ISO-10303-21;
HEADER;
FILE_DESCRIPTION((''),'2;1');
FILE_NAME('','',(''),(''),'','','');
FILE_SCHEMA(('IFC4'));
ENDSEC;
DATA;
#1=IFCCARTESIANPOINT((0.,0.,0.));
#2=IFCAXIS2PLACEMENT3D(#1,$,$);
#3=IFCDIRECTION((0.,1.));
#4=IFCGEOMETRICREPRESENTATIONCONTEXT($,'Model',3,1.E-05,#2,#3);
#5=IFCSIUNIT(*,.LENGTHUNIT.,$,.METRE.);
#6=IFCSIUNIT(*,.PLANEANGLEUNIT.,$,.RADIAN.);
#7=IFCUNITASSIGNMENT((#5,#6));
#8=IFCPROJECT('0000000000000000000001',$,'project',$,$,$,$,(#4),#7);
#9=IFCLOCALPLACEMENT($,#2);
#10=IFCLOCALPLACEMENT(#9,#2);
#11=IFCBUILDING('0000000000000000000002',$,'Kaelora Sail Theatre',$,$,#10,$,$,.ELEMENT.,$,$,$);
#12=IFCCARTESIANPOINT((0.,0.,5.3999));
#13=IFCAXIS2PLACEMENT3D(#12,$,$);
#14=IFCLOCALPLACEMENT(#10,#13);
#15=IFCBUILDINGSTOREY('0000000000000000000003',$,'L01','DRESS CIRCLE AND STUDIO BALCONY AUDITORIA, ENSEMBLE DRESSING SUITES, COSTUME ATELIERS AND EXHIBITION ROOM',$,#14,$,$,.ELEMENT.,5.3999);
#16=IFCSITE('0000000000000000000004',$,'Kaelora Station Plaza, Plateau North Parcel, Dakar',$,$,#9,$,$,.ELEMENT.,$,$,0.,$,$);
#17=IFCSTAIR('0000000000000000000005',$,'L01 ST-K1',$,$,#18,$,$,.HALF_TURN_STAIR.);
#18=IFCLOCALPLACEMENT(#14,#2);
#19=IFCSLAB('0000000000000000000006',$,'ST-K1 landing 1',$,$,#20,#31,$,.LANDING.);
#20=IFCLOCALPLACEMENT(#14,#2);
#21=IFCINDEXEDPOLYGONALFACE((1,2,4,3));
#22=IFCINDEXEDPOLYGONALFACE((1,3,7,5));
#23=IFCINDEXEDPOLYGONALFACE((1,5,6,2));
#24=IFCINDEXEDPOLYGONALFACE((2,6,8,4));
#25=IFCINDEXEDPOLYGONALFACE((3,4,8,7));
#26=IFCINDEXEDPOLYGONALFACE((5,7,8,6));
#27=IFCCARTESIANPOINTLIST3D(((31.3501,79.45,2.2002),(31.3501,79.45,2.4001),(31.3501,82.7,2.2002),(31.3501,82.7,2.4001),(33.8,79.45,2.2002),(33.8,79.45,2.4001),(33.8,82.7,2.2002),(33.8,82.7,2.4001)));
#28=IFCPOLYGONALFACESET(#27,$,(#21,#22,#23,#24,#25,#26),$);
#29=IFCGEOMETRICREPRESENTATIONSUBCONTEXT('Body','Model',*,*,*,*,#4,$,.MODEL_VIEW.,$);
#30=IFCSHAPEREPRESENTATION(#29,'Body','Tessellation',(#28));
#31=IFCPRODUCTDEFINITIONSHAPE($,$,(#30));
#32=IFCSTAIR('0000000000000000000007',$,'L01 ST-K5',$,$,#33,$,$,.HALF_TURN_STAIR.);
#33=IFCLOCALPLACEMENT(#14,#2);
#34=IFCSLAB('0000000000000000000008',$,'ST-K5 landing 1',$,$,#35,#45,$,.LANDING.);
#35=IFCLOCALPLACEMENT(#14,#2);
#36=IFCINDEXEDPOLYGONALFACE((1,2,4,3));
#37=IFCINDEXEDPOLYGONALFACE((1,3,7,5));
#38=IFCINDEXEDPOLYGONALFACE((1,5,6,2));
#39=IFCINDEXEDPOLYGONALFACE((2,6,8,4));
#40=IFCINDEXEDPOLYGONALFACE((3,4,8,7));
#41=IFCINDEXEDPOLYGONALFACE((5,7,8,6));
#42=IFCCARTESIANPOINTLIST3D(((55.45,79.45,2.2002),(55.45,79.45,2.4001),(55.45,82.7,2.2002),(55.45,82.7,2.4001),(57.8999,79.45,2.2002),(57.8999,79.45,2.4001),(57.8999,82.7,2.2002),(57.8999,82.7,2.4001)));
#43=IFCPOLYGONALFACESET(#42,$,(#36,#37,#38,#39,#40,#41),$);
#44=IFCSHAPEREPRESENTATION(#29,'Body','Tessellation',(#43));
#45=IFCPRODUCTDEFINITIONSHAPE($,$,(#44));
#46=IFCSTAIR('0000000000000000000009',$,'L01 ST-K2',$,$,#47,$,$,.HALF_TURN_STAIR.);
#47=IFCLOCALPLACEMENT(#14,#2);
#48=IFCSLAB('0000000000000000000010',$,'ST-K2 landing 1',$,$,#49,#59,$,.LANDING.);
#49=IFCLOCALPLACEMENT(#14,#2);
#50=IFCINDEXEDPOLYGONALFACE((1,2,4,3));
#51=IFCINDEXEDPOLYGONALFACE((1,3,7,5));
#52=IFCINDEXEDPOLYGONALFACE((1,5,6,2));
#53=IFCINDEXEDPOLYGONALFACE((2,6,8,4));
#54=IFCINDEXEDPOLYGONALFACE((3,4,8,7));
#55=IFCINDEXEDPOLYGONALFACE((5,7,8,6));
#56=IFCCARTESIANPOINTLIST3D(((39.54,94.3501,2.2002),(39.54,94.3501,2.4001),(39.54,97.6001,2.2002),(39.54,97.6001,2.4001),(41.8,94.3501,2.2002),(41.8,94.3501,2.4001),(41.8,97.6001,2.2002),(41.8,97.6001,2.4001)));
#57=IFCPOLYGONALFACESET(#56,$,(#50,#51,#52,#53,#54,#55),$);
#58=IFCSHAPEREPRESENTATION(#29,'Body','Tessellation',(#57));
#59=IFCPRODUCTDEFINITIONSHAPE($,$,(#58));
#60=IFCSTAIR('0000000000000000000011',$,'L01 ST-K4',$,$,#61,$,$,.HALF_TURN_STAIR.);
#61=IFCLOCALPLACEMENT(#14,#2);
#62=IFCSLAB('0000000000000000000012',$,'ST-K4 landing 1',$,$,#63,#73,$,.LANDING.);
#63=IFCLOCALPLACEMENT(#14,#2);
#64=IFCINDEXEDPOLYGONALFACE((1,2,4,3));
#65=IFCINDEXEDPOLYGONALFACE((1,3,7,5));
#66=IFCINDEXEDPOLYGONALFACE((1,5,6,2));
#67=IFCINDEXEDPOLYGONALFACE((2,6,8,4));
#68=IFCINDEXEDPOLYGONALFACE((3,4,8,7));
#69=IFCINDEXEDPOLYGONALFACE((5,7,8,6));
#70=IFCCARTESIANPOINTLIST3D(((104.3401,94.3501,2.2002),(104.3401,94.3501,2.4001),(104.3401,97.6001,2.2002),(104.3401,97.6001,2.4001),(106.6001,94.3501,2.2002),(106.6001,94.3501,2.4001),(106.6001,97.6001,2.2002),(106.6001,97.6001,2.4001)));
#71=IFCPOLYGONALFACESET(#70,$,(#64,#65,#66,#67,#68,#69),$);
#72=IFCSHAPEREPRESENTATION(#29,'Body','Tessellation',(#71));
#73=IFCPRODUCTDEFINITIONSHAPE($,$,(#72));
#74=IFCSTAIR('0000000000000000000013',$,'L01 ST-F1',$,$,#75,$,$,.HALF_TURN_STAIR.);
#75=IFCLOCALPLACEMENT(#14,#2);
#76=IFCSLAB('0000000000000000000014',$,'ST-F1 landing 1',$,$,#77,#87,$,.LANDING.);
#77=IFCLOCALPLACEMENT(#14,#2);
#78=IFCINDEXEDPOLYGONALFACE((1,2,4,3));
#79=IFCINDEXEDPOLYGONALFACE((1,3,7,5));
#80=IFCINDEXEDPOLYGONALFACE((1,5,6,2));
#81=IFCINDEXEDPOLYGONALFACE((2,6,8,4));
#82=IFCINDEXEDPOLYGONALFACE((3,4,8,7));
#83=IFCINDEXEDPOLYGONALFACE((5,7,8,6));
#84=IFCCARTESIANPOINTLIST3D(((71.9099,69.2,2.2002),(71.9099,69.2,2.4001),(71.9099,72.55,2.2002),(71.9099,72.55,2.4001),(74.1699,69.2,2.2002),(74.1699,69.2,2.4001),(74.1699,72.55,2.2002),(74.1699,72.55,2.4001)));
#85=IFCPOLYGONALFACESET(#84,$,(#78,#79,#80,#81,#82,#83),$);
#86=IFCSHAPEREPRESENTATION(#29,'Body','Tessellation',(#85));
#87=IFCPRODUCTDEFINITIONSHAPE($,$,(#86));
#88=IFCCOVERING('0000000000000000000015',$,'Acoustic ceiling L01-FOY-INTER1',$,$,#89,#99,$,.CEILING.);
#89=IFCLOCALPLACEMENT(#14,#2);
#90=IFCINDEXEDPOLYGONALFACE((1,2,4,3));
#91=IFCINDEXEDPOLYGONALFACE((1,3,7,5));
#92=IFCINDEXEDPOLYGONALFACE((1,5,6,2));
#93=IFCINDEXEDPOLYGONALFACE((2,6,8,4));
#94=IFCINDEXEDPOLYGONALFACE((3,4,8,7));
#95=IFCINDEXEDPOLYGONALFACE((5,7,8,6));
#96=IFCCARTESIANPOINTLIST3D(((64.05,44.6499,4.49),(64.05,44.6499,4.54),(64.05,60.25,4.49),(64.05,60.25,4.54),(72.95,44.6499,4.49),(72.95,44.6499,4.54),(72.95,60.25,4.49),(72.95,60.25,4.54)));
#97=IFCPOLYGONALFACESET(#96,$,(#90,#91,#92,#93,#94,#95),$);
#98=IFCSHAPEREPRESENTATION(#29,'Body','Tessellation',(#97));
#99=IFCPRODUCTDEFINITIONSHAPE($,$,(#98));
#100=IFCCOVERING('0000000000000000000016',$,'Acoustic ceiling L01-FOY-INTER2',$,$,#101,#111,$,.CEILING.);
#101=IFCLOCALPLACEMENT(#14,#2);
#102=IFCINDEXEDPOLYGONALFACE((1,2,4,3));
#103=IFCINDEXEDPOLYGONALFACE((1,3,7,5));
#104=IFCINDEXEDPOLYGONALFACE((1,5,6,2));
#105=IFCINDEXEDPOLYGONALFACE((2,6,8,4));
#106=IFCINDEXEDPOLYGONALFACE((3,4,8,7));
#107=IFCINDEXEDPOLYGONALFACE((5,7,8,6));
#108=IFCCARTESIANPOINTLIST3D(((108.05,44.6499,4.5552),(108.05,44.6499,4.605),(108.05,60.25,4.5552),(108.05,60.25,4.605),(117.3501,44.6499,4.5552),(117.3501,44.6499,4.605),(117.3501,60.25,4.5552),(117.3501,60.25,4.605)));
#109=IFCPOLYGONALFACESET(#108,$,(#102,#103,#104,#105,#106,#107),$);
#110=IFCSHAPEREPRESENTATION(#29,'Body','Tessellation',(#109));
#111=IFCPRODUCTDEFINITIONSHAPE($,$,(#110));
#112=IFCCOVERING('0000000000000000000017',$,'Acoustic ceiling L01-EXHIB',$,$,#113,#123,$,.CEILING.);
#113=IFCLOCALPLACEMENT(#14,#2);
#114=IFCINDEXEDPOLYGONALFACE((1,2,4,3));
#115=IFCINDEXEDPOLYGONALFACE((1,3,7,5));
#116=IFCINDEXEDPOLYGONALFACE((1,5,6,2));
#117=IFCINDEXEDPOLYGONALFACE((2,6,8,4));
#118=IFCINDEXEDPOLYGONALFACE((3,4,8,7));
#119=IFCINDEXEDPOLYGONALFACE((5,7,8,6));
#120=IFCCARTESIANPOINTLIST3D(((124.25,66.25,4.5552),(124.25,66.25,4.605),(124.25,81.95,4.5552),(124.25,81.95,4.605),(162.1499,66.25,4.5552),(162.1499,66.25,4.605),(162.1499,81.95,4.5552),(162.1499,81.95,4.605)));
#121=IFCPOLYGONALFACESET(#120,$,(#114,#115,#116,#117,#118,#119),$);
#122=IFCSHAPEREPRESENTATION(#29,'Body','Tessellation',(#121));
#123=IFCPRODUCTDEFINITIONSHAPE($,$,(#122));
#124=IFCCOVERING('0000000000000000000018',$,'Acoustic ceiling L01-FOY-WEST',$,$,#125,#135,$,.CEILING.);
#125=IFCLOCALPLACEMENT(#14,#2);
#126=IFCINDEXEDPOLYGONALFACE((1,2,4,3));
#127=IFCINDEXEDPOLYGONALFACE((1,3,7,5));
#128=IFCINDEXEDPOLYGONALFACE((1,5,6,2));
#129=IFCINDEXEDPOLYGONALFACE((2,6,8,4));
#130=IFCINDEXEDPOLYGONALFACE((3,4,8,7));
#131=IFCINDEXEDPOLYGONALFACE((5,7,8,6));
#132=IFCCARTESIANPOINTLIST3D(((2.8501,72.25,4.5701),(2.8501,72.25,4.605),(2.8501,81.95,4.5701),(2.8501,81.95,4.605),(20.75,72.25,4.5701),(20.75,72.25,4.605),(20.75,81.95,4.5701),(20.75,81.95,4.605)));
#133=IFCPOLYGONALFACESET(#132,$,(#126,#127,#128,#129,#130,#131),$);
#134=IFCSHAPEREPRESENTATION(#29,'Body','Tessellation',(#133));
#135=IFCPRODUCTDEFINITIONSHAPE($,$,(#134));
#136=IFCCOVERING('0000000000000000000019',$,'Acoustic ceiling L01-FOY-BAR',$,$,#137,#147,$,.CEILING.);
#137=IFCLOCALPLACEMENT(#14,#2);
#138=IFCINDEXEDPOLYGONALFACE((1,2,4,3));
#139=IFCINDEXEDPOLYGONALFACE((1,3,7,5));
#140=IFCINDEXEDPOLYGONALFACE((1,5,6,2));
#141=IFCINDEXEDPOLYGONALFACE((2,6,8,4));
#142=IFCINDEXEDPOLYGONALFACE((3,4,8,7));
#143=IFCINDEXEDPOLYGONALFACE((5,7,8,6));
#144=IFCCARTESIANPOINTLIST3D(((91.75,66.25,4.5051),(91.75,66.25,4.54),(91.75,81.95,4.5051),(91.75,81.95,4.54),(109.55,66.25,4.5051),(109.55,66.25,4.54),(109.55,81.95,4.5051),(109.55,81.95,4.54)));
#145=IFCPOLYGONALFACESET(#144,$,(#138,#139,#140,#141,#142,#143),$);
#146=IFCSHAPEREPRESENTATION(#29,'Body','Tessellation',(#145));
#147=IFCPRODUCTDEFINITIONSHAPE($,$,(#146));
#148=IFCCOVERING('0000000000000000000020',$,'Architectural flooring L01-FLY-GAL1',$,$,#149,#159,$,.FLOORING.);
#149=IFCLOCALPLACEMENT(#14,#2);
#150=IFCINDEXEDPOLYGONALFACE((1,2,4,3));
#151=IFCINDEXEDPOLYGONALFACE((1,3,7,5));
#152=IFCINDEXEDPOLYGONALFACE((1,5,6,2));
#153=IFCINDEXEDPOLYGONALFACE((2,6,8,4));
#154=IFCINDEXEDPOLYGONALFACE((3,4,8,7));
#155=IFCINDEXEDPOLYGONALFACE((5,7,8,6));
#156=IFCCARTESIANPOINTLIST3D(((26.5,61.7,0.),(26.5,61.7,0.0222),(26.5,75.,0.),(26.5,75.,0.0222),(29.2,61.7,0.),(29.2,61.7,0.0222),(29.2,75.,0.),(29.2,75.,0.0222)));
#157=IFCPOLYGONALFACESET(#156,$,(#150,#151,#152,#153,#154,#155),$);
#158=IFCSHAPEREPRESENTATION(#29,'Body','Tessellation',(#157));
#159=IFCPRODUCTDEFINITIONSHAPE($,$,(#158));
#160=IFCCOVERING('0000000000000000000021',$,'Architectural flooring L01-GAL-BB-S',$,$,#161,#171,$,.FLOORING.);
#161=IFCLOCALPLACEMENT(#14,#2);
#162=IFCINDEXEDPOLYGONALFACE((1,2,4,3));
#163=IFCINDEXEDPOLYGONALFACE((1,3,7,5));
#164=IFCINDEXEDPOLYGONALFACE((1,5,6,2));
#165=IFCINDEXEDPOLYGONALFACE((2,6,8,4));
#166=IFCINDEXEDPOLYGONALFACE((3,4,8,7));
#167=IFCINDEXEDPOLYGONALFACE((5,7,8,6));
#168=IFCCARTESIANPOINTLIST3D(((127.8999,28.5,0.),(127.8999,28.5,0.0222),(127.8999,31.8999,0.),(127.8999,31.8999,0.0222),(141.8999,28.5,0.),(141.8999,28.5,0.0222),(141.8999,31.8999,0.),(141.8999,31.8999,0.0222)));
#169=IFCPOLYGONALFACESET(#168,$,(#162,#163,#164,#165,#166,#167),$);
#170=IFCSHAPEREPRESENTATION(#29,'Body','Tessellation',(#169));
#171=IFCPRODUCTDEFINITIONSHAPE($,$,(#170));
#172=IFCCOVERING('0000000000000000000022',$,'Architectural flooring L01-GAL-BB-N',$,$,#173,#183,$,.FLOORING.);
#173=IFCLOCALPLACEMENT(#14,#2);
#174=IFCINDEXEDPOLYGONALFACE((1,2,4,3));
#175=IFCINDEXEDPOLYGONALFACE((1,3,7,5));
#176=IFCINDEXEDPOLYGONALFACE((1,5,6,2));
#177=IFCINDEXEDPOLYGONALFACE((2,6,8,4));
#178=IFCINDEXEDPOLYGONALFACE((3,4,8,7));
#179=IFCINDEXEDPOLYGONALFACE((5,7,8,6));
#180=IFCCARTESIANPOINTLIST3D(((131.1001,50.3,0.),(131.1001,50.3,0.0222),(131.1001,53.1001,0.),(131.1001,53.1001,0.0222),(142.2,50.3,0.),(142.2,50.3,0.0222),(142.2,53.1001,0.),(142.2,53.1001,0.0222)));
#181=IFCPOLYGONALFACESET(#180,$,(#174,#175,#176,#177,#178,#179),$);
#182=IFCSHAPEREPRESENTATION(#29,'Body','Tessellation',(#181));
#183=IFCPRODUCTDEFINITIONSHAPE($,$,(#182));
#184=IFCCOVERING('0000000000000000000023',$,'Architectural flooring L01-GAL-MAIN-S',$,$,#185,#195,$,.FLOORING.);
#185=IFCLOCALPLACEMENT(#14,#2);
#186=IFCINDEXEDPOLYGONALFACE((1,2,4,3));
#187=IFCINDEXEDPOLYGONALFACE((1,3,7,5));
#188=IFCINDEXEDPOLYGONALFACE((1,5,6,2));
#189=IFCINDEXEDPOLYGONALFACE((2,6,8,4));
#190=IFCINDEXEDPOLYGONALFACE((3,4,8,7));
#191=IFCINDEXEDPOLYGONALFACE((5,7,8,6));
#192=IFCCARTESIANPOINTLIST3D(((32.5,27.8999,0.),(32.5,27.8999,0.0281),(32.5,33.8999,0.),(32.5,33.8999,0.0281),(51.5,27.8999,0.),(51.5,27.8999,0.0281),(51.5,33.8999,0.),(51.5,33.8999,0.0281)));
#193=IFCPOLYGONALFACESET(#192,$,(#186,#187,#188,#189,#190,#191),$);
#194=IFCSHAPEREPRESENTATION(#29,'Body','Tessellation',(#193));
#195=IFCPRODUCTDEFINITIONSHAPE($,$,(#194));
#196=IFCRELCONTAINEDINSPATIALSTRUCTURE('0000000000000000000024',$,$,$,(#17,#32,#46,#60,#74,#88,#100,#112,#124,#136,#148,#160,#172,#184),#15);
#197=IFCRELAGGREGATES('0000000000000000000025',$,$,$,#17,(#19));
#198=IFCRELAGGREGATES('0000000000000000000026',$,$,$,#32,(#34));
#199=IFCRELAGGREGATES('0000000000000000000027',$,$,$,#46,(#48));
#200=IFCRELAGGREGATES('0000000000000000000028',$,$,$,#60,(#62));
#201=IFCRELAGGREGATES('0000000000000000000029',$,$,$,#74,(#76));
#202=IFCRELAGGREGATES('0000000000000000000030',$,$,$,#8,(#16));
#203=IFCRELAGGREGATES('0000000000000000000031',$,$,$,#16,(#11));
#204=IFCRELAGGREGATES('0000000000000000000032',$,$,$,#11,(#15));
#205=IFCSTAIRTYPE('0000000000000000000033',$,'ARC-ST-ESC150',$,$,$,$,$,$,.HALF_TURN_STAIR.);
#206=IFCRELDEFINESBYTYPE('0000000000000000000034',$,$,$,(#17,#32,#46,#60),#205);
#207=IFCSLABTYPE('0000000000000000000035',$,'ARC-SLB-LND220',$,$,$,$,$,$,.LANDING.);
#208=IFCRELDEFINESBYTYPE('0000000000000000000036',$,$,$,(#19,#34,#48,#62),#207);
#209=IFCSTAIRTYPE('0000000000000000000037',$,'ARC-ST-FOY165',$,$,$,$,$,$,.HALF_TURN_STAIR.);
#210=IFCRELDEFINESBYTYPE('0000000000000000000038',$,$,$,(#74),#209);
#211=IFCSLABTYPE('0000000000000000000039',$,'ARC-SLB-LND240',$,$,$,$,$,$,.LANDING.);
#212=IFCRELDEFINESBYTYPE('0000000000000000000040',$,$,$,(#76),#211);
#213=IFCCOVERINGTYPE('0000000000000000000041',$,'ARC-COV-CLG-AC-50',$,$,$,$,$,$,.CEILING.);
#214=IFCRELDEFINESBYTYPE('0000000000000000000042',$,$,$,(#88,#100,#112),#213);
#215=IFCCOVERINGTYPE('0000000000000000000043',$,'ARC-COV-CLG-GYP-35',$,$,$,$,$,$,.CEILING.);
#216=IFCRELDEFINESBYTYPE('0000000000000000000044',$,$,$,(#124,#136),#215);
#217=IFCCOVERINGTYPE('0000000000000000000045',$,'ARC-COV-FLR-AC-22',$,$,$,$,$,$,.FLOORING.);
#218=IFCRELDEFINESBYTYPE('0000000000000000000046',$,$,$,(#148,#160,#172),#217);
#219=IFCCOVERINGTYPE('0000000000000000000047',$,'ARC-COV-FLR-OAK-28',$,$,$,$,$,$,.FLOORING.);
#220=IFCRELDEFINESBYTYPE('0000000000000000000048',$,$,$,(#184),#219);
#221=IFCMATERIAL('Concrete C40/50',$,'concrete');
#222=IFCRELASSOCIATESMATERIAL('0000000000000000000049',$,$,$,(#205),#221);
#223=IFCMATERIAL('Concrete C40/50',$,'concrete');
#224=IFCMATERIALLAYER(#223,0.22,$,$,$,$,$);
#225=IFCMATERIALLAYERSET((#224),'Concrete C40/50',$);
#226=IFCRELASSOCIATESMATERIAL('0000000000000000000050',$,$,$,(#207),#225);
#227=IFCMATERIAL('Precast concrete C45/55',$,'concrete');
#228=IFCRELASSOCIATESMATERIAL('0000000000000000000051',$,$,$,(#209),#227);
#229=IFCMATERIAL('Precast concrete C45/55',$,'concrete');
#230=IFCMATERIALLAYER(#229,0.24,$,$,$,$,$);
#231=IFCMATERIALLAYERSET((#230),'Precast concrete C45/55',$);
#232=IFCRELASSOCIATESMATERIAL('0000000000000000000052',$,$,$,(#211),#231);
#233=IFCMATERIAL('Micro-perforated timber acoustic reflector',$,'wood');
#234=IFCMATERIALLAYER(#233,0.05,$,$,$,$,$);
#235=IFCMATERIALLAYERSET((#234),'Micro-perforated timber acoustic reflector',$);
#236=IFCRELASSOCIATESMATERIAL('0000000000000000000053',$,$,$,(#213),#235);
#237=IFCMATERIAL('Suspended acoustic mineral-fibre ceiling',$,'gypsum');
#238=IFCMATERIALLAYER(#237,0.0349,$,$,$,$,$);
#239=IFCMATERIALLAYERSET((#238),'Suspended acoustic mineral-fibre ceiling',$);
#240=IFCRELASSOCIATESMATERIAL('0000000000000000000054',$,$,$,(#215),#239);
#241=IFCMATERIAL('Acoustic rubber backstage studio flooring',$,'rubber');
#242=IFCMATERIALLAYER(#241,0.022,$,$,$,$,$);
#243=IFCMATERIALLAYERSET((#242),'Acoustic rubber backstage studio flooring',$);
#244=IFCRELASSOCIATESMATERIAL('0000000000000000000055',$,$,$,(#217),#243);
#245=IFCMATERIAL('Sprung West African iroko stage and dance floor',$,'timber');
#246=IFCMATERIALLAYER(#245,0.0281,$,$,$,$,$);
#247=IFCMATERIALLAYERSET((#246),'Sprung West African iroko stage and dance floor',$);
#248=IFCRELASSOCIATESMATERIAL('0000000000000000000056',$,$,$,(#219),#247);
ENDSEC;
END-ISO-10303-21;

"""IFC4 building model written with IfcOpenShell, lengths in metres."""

from ifc_helpers import new_model, si_unit, direction, frame, origin, place, context, subcontext, project, spatial, polyline, outline, extrude, material, layer, layer_set, type_object, element, aggregate, save


model = new_model("IFC4")

# Units and contexts
model_context = context("Model", 3, precision=1e-05, world=origin(), true_north=direction((0.0, 1.0)))
body_context = subcontext(model_context, "Body", "Model", "MODEL_VIEW")
ifc_project = project(units=[si_unit("LENGTHUNIT", "METRE"), si_unit("PLANEANGLEUNIT", "RADIAN")], contexts=[model_context])

# Site, building, storey
site_placement = place(None, origin())
site = spatial("IfcSite", under=ifc_project, at=site_placement, Name="Kaelora Station Plaza, Plateau North Parcel, Dakar", CompositionType="ELEMENT", RefElevation=0.0)
building_placement = place(site_placement, origin())
building = spatial("IfcBuilding", under=site, at=building_placement, Name="Kaelora Sail Theatre", CompositionType="ELEMENT")
storey_placement = place(building_placement, frame((0.0, 0.0, 5.3999)))
storey = spatial("IfcBuildingStorey", under=building, at=storey_placement, Name="L01", Description="DRESS CIRCLE AND STUDIO BALCONY AUDITORIA, ENSEMBLE DRESSING SUITES, COSTUME ATELIERS AND EXHIBITION ROOM", CompositionType="ELEMENT", Elevation=5.3999)

# Stairs, slabs
ifc_material_1 = material(Name="Concrete C40/50", Category="concrete")
stair_type_1 = type_object("IfcStairType", Name="ARC-ST-ESC150", PredefinedType="HALF_TURN_STAIR", material=ifc_material_1)
stair_1_placement = place(storey_placement, origin())
stair_1 = element("IfcStair", 1, at=stair_1_placement, inside=storey, type_object=stair_type_1, Name="L01 ST-K1", PredefinedType="HALF_TURN_STAIR")
ifc_material_2 = material(Name="Concrete C40/50", Category="concrete")
ifc_layer_1 = layer(ifc_material_2, 0.22)
ifc_layer_set_1 = layer_set([ifc_layer_1], Name="Concrete C40/50")
slab_type_1 = type_object("IfcSlabType", Name="ARC-SLB-LND220", PredefinedType="LANDING", material=ifc_layer_set_1)
slab_1_placement = place(storey_placement, frame((0.0, 0.0, 2.2002)))
slab_1 = element("IfcSlab", 2, at=slab_1_placement, type_object=slab_type_1, Name="ST-K1 landing 1", PredefinedType="LANDING", context=body_context, shape_type="SweptSolid", body=[
    extrude(outline(polyline([(31.3501, 79.45), (33.8, 79.45), (33.8, 82.7), (31.3501, 82.7), (31.3501, 79.45)])), origin(), (0.0, 0.0, 1.0), 0.2),
])
aggregate(stair_1, [slab_1])
stair_2_placement = place(storey_placement, origin())
stair_2 = element("IfcStair", 3, at=stair_2_placement, inside=storey, type_object=stair_type_1, Name="L01 ST-K5", PredefinedType="HALF_TURN_STAIR")
slab_2_placement = place(storey_placement, frame((0.0, 0.0, 2.2002)))
slab_2 = element("IfcSlab", 4, at=slab_2_placement, type_object=slab_type_1, Name="ST-K5 landing 1", PredefinedType="LANDING", context=body_context, shape_type="SweptSolid", body=[
    extrude(outline(polyline([(55.45, 79.45), (57.8999, 79.45), (57.8999, 82.7), (55.45, 82.7), (55.45, 79.45)])), origin(), (0.0, 0.0, 1.0), 0.2),
])
aggregate(stair_2, [slab_2])
stair_3_placement = place(storey_placement, origin())
stair_3 = element("IfcStair", 5, at=stair_3_placement, inside=storey, type_object=stair_type_1, Name="L01 ST-K2", PredefinedType="HALF_TURN_STAIR")
slab_3_placement = place(storey_placement, frame((0.0, 0.0, 2.2002)))
slab_3 = element("IfcSlab", 6, at=slab_3_placement, type_object=slab_type_1, Name="ST-K2 landing 1", PredefinedType="LANDING", context=body_context, shape_type="SweptSolid", body=[
    extrude(outline(polyline([(39.54, 94.3501), (41.8, 94.3501), (41.8, 97.6001), (39.54, 97.6001), (39.54, 94.3501)])), origin(), (0.0, 0.0, 1.0), 0.2),
])
aggregate(stair_3, [slab_3])
stair_4_placement = place(storey_placement, origin())
stair_4 = element("IfcStair", 7, at=stair_4_placement, inside=storey, type_object=stair_type_1, Name="L01 ST-K4", PredefinedType="HALF_TURN_STAIR")
slab_4_placement = place(storey_placement, frame((0.0, 0.0, 2.2002)))
slab_4 = element("IfcSlab", 8, at=slab_4_placement, type_object=slab_type_1, Name="ST-K4 landing 1", PredefinedType="LANDING", context=body_context, shape_type="SweptSolid", body=[
    extrude(outline(polyline([(104.3401, 94.3501), (106.6001, 94.3501), (106.6001, 97.6001), (104.3401, 97.6001), (104.3401, 94.3501)])), origin(), (0.0, 0.0, 1.0), 0.2),
])
aggregate(stair_4, [slab_4])
ifc_material_3 = material(Name="Precast concrete C45/55", Category="concrete")
stair_type_2 = type_object("IfcStairType", Name="ARC-ST-FOY165", PredefinedType="HALF_TURN_STAIR", material=ifc_material_3)
stair_5_placement = place(storey_placement, origin())
stair_5 = element("IfcStair", 9, at=stair_5_placement, inside=storey, type_object=stair_type_2, Name="L01 ST-F1", PredefinedType="HALF_TURN_STAIR")
ifc_material_4 = material(Name="Precast concrete C45/55", Category="concrete")
ifc_layer_2 = layer(ifc_material_4, 0.24)
ifc_layer_set_2 = layer_set([ifc_layer_2], Name="Precast concrete C45/55")
slab_type_2 = type_object("IfcSlabType", Name="ARC-SLB-LND240", PredefinedType="LANDING", material=ifc_layer_set_2)
slab_5_placement = place(storey_placement, frame((0.0, 0.0, 2.2002)))
slab_5 = element("IfcSlab", 10, at=slab_5_placement, type_object=slab_type_2, Name="ST-F1 landing 1", PredefinedType="LANDING", context=body_context, shape_type="SweptSolid", body=[
    extrude(outline(polyline([(71.9099, 69.2), (74.1699, 69.2), (74.1699, 72.55), (71.9099, 72.55), (71.9099, 69.2)])), origin(), (0.0, 0.0, 1.0), 0.2),
])
aggregate(stair_5, [slab_5])

# Coverings
ifc_material_5 = material(Name="Micro-perforated timber acoustic reflector", Category="wood")
ifc_layer_3 = layer(ifc_material_5, 0.05)
ifc_layer_set_3 = layer_set([ifc_layer_3], Name="Micro-perforated timber acoustic reflector")
covering_type_1 = type_object("IfcCoveringType", Name="ARC-COV-CLG-AC-50", PredefinedType="CEILING", material=ifc_layer_set_3)
covering_1_placement = place(storey_placement, frame((0.0, 0.0, 4.49)))
element("IfcCovering", 11, at=covering_1_placement, inside=storey, type_object=covering_type_1, Name="Acoustic ceiling L01-FOY-INTER1", PredefinedType="CEILING", context=body_context, shape_type="SweptSolid", body=[
    extrude(outline(polyline([(64.05, 44.6499), (72.95, 44.6499), (72.95, 60.25), (64.05, 60.25), (64.05, 44.6499)])), origin(), (0.0, 0.0, 1.0), 0.05),
])
covering_2_placement = place(storey_placement, frame((0.0, 0.0, 4.5552)))
element("IfcCovering", 12, at=covering_2_placement, inside=storey, type_object=covering_type_1, Name="Acoustic ceiling L01-FOY-INTER2", PredefinedType="CEILING", context=body_context, shape_type="SweptSolid", body=[
    extrude(outline(polyline([(108.05, 44.6499), (117.3501, 44.6499), (117.3501, 60.25), (108.05, 60.25), (108.05, 44.6499)])), origin(), (0.0, 0.0, 1.0), 0.0498),
])
covering_3_placement = place(storey_placement, frame((0.0, 0.0, 4.5552)))
element("IfcCovering", 13, at=covering_3_placement, inside=storey, type_object=covering_type_1, Name="Acoustic ceiling L01-EXHIB", PredefinedType="CEILING", context=body_context, shape_type="SweptSolid", body=[
    extrude(outline(polyline([(124.25, 66.25), (162.1499, 66.25), (162.1499, 81.95), (124.25, 81.95), (124.25, 66.25)])), origin(), (0.0, 0.0, 1.0), 0.0498),
])
ifc_material_6 = material(Name="Suspended acoustic mineral-fibre ceiling", Category="gypsum")
ifc_layer_4 = layer(ifc_material_6, 0.0349)
ifc_layer_set_4 = layer_set([ifc_layer_4], Name="Suspended acoustic mineral-fibre ceiling")
covering_type_2 = type_object("IfcCoveringType", Name="ARC-COV-CLG-GYP-35", PredefinedType="CEILING", material=ifc_layer_set_4)
covering_4_placement = place(storey_placement, frame((0.0, 0.0, 4.5701)))
element("IfcCovering", 14, at=covering_4_placement, inside=storey, type_object=covering_type_2, Name="Acoustic ceiling L01-FOY-WEST", PredefinedType="CEILING", context=body_context, shape_type="SweptSolid", body=[
    extrude(outline(polyline([(2.8501, 72.25), (20.75, 72.25), (20.75, 81.95), (2.8501, 81.95), (2.8501, 72.25)])), origin(), (0.0, 0.0, 1.0), 0.0349),
])
covering_5_placement = place(storey_placement, frame((0.0, 0.0, 4.5051)))
element("IfcCovering", 15, at=covering_5_placement, inside=storey, type_object=covering_type_2, Name="Acoustic ceiling L01-FOY-BAR", PredefinedType="CEILING", context=body_context, shape_type="SweptSolid", body=[
    extrude(outline(polyline([(91.75, 66.25), (109.55, 66.25), (109.55, 81.95), (91.75, 81.95), (91.75, 66.25)])), origin(), (0.0, 0.0, 1.0), 0.0349),
])
ifc_material_7 = material(Name="Acoustic rubber backstage studio flooring", Category="rubber")
ifc_layer_5 = layer(ifc_material_7, 0.022)
ifc_layer_set_5 = layer_set([ifc_layer_5], Name="Acoustic rubber backstage studio flooring")
covering_type_3 = type_object("IfcCoveringType", Name="ARC-COV-FLR-AC-22", PredefinedType="FLOORING", material=ifc_layer_set_5)
covering_6_placement = place(storey_placement, origin())
element("IfcCovering", 16, at=covering_6_placement, inside=storey, type_object=covering_type_3, Name="Architectural flooring L01-FLY-GAL1", PredefinedType="FLOORING", context=body_context, shape_type="SweptSolid", body=[
    extrude(outline(polyline([(26.5, 61.7), (29.2, 61.7), (29.2, 75.0), (26.5, 75.0), (26.5, 61.7)])), origin(), (0.0, 0.0, 1.0), 0.0222),
])
covering_7_placement = place(storey_placement, origin())
element("IfcCovering", 17, at=covering_7_placement, inside=storey, type_object=covering_type_3, Name="Architectural flooring L01-GAL-BB-S", PredefinedType="FLOORING", context=body_context, shape_type="SweptSolid", body=[
    extrude(outline(polyline([(127.8999, 28.5), (141.8999, 28.5), (141.8999, 31.8999), (127.8999, 31.8999), (127.8999, 28.5)])), origin(), (0.0, 0.0, 1.0), 0.0222),
])
covering_8_placement = place(storey_placement, origin())
element("IfcCovering", 18, at=covering_8_placement, inside=storey, type_object=covering_type_3, Name="Architectural flooring L01-GAL-BB-N", PredefinedType="FLOORING", context=body_context, shape_type="SweptSolid", body=[
    extrude(outline(polyline([(131.1001, 50.3), (142.2, 50.3), (142.2, 53.1001), (131.1001, 53.1001), (131.1001, 50.3)])), origin(), (0.0, 0.0, 1.0), 0.0222),
])
ifc_material_8 = material(Name="Sprung West African iroko stage and dance floor", Category="timber")
ifc_layer_6 = layer(ifc_material_8, 0.0281)
ifc_layer_set_6 = layer_set([ifc_layer_6], Name="Sprung West African iroko stage and dance floor")
covering_type_4 = type_object("IfcCoveringType", Name="ARC-COV-FLR-OAK-28", PredefinedType="FLOORING", material=ifc_layer_set_6)
covering_9_placement = place(storey_placement, origin())
element("IfcCovering", 19, at=covering_9_placement, inside=storey, type_object=covering_type_4, Name="Architectural flooring L01-GAL-MAIN-S", PredefinedType="FLOORING", context=body_context, shape_type="SweptSolid", body=[
    extrude(outline(polyline([(32.5, 27.8999), (51.5, 27.8999), (51.5, 33.8999), (32.5, 33.8999), (32.5, 27.8999)])), origin(), (0.0, 0.0, 1.0), 0.0281),
])

save(model, "model.ifc")
